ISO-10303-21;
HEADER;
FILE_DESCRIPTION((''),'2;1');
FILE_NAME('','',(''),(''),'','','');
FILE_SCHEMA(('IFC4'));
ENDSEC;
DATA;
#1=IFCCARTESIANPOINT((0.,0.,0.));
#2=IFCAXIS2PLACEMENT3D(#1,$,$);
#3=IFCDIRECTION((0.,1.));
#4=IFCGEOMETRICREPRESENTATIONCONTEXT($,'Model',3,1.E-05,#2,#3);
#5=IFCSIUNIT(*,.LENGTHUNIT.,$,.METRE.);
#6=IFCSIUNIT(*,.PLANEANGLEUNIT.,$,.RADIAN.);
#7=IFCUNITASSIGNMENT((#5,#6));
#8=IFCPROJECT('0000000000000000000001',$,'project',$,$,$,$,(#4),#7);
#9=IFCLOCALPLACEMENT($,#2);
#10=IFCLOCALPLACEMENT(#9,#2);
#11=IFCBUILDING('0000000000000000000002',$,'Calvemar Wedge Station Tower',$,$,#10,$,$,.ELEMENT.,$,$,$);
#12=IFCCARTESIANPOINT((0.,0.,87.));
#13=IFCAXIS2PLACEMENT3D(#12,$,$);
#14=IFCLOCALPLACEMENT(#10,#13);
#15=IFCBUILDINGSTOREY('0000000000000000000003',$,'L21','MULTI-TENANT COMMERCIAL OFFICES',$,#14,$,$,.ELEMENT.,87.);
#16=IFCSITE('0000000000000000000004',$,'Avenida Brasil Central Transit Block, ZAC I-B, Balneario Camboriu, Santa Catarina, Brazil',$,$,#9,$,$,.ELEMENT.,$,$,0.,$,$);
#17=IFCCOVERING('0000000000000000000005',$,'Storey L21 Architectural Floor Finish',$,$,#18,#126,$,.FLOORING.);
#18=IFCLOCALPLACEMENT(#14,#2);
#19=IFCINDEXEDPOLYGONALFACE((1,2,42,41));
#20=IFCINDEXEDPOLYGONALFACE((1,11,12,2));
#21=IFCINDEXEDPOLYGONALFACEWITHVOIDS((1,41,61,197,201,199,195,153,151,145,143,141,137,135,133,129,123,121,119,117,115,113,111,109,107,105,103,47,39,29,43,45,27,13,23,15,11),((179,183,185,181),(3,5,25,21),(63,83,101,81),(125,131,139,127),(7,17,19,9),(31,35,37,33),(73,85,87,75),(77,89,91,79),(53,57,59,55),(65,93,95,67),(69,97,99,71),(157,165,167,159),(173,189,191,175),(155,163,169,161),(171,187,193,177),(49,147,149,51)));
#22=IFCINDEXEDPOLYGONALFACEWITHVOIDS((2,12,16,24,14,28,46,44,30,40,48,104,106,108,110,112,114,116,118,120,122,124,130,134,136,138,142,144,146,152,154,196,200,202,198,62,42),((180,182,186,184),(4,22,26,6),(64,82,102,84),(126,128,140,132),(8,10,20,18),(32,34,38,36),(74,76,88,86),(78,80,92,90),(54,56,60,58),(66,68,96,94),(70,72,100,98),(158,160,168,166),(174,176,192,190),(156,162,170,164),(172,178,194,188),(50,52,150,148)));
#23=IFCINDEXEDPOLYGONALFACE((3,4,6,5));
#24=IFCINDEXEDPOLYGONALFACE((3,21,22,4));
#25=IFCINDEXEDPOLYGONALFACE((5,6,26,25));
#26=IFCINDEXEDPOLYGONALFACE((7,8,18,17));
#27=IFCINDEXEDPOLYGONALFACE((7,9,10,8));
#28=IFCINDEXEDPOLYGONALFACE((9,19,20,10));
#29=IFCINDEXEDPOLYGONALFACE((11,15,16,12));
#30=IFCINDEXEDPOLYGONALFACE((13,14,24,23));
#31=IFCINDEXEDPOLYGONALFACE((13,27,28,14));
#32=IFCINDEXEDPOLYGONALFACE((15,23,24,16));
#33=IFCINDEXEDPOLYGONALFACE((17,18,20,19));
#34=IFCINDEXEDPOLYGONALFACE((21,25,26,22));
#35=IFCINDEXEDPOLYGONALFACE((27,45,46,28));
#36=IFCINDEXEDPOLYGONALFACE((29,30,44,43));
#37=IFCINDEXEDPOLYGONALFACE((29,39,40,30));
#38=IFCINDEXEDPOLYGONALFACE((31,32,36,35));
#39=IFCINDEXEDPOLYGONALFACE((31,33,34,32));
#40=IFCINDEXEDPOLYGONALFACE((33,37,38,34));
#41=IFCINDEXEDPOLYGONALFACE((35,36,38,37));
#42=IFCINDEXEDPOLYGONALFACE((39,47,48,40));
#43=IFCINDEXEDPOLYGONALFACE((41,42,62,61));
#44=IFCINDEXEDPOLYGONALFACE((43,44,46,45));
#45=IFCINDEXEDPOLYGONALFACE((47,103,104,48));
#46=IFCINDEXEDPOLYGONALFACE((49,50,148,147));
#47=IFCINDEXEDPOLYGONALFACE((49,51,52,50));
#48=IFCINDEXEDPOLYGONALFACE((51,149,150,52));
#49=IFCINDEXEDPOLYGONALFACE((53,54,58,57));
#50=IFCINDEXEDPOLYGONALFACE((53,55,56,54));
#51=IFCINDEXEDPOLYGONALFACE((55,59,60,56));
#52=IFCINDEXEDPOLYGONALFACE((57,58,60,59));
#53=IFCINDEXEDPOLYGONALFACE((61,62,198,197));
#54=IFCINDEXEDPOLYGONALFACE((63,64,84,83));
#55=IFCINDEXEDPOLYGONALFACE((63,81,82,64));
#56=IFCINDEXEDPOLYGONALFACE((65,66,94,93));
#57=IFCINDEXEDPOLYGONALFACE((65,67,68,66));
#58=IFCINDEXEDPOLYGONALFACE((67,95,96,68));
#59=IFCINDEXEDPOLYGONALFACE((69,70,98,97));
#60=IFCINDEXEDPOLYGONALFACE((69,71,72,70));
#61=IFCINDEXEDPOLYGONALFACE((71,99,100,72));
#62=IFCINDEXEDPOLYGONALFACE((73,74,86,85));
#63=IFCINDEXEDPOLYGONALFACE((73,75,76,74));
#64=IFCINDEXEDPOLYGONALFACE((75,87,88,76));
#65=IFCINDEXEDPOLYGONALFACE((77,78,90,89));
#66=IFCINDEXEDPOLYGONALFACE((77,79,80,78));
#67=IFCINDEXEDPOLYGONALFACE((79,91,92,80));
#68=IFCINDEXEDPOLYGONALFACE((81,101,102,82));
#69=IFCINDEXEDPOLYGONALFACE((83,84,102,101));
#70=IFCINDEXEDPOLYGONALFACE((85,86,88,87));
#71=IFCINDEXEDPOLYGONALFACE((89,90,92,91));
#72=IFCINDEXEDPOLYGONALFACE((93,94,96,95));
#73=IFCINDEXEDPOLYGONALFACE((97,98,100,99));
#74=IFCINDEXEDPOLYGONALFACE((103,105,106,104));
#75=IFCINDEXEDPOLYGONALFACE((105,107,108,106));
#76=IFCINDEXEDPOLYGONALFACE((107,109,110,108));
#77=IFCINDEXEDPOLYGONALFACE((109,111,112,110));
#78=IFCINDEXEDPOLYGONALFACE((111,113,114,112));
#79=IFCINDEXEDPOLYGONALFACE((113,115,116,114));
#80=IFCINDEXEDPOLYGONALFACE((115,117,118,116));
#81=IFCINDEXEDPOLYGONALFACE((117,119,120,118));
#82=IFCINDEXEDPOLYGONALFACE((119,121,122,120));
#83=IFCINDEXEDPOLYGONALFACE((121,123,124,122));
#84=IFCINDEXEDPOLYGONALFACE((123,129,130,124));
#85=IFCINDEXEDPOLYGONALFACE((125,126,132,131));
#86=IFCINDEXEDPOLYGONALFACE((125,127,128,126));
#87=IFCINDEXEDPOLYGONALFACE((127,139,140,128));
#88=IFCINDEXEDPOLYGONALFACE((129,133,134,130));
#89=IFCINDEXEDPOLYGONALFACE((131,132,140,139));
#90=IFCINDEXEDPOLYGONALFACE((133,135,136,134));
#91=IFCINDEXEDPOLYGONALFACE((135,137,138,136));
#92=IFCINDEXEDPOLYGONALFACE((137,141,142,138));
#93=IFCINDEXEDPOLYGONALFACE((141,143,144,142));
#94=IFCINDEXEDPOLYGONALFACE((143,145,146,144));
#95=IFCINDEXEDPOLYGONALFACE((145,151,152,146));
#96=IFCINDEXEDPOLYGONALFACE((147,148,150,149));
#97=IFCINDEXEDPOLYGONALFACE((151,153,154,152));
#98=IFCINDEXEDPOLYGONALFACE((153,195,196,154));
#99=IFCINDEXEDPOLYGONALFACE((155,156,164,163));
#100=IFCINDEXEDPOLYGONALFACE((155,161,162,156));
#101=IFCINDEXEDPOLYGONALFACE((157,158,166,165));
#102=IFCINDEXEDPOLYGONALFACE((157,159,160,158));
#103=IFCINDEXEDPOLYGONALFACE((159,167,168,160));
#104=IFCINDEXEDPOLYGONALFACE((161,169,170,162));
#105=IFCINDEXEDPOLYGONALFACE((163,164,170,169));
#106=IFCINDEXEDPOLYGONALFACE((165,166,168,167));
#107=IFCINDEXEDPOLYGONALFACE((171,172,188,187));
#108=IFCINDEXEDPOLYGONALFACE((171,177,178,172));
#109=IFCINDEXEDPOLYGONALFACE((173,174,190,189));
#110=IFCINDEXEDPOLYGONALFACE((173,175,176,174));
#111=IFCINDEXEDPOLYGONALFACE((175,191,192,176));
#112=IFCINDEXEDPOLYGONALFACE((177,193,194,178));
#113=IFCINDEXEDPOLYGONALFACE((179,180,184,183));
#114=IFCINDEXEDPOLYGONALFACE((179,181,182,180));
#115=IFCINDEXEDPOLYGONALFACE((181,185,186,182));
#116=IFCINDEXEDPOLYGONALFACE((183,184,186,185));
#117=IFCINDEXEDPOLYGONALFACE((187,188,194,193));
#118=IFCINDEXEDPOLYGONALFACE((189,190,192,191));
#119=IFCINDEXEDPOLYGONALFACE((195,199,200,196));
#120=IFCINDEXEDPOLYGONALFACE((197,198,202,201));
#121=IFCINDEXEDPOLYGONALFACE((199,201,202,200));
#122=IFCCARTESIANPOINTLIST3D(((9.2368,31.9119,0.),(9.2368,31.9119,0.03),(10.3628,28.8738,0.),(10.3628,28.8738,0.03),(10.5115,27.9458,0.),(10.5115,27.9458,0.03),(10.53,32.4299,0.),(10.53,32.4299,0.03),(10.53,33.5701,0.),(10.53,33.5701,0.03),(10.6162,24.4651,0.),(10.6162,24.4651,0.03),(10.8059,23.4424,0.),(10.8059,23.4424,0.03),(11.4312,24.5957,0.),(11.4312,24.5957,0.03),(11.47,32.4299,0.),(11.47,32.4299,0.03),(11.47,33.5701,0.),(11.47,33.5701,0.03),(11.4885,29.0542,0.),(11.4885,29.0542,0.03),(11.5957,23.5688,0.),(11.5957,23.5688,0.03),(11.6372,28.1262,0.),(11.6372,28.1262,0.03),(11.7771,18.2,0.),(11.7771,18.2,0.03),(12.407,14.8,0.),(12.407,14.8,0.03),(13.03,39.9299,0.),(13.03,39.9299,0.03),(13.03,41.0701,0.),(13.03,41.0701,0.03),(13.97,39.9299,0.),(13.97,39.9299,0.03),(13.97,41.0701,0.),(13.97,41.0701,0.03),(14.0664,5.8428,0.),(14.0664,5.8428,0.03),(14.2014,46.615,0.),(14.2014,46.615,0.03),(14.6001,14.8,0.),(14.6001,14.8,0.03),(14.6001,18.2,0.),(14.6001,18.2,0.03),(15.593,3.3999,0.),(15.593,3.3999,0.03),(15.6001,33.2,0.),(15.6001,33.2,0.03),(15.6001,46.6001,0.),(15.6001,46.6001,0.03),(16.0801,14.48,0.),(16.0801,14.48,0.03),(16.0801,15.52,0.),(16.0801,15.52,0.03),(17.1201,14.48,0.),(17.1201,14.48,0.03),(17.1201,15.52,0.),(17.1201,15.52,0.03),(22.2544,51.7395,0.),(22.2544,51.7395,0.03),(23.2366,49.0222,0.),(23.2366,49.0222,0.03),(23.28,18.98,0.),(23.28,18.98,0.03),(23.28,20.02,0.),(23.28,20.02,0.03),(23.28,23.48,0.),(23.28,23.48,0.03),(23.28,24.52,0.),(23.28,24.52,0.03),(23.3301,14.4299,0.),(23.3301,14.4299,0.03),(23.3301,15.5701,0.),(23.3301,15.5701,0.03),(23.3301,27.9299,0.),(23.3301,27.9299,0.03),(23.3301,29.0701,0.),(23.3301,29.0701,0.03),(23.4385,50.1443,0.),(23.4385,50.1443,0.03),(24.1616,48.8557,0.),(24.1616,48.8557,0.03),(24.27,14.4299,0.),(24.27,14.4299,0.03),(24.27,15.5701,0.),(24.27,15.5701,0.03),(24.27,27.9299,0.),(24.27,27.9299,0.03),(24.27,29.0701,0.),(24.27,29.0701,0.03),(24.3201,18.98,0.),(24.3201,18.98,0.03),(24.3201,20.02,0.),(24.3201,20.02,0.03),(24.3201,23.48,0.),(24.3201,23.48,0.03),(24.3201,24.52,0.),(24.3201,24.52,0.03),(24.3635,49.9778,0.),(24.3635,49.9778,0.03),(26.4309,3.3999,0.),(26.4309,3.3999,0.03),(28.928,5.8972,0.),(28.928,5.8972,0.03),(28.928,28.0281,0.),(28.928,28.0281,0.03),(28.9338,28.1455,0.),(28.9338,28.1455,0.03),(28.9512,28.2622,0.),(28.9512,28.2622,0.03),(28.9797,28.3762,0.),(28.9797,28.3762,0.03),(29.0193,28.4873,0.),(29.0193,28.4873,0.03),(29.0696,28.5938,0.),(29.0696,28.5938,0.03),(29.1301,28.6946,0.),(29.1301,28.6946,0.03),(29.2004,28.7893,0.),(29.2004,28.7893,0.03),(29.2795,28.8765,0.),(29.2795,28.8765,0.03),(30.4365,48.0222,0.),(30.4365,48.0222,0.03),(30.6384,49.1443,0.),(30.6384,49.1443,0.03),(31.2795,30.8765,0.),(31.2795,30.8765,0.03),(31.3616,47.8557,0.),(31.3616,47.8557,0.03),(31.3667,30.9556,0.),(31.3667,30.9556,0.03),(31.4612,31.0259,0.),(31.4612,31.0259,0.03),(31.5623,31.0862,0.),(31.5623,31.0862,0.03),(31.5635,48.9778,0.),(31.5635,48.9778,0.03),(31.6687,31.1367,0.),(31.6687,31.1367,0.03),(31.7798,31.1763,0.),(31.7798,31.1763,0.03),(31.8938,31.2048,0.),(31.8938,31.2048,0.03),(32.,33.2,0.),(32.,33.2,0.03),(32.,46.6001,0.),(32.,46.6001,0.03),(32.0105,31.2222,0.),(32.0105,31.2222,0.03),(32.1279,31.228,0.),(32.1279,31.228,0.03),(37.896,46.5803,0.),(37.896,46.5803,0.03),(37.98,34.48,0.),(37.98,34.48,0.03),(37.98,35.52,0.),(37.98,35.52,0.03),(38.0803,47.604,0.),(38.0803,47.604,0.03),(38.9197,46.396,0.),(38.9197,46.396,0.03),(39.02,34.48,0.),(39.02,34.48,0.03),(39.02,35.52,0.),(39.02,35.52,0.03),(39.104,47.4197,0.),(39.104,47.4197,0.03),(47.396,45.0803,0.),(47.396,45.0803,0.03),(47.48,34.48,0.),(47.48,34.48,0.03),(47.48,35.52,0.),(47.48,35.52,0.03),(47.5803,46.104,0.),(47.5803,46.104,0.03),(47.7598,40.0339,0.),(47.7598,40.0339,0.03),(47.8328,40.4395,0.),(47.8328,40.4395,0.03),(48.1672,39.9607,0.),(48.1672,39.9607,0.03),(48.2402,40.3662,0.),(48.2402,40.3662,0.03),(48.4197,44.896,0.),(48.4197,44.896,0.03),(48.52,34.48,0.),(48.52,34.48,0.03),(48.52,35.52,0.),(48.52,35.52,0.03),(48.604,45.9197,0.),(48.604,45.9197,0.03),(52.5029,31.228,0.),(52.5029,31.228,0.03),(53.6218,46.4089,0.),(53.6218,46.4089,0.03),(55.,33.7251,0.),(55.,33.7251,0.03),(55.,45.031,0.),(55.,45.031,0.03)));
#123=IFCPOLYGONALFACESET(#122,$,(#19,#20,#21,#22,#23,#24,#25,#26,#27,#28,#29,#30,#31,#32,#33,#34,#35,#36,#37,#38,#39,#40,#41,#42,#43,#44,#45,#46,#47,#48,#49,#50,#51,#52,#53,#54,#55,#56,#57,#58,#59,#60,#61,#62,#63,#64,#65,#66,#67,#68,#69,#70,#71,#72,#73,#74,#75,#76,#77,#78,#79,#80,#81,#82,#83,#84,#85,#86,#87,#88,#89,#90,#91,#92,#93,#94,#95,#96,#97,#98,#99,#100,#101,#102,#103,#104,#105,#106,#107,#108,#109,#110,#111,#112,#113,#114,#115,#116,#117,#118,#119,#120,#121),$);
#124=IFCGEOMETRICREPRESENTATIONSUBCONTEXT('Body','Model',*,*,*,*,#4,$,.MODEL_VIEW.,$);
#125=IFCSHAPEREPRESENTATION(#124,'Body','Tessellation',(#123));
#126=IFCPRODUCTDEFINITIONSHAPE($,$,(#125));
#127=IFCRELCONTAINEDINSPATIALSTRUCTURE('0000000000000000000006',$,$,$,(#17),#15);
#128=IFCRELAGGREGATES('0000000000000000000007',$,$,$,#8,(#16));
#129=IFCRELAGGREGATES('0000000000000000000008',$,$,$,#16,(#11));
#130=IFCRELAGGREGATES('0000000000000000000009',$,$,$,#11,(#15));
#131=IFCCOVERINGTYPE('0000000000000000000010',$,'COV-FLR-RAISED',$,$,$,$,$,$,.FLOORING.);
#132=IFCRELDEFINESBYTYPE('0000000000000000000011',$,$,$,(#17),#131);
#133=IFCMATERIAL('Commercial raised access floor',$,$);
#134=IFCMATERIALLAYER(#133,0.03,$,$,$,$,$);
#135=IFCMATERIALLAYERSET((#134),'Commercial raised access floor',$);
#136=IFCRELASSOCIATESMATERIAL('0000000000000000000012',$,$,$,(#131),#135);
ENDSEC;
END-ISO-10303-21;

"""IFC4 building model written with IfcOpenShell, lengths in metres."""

from ifc_helpers import new_model, si_unit, direction, frame, origin, place, context, subcontext, project, spatial, polyline, outline, extrude, material, layer, layer_set, type_object, element, save


model = new_model("IFC4")

# Units and contexts
model_context = context("Model", 3, precision=1e-05, world=origin(), true_north=direction((0.0, 1.0)))
body_context = subcontext(model_context, "Body", "Model", "MODEL_VIEW")
ifc_project = project(units=[si_unit("LENGTHUNIT", "METRE"), si_unit("PLANEANGLEUNIT", "RADIAN")], contexts=[model_context])

# Site, building, storey
site_placement = place(None, origin())
site = spatial("IfcSite", under=ifc_project, at=site_placement, Name="Avenida Brasil Central Transit Block, ZAC I-B, Balneario Camboriu, Santa Catarina, Brazil", CompositionType="ELEMENT", RefElevation=0.0)
building_placement = place(site_placement, origin())
building = spatial("IfcBuilding", under=site, at=building_placement, Name="Calvemar Wedge Station Tower", CompositionType="ELEMENT")
storey_placement = place(building_placement, frame((0.0, 0.0, 87.0)))
storey = spatial("IfcBuildingStorey", under=building, at=storey_placement, Name="L21", Description="MULTI-TENANT COMMERCIAL OFFICES", CompositionType="ELEMENT", Elevation=87.0)

# Covering
ifc_material_1 = material(Name="Commercial raised access floor")
ifc_layer_1 = layer(ifc_material_1, 0.03)
ifc_layer_set_1 = layer_set([ifc_layer_1], Name="Commercial raised access floor")
covering_type_1 = type_object("IfcCoveringType", Name="COV-FLR-RAISED", PredefinedType="FLOORING", material=ifc_layer_set_1)
covering_1_placement = place(storey_placement, origin())
element("IfcCovering", 1, at=covering_1_placement, inside=storey, type_object=covering_type_1, Name="Storey L21 Architectural Floor Finish", PredefinedType="FLOORING", context=body_context, shape_type="SweptSolid", body=[
    extrude(outline(polyline([(29.2795, 28.8765), (31.2795, 30.8765), (31.3667, 30.9556), (31.4612, 31.0259), (31.5623, 31.0862), (31.6687, 31.1367), (31.7798, 31.1763), (31.8938, 31.2048), (32.0105, 31.2222), (32.1279, 31.228), (52.5029, 31.228), (55.0, 33.7251), (55.0, 45.031), (53.6218, 46.4089), (22.2544, 51.7395), (14.2014, 46.615), (9.2368, 31.9119), (10.6162, 24.4651), (11.4312, 24.5957), (11.5957, 23.5688), (10.8059, 23.4424), (11.7771, 18.2), (14.6001, 18.2), (14.6001, 14.8), (12.407, 14.8), (14.0664, 5.8428), (15.593, 3.3999), (26.4309, 3.3999), (28.928, 5.8972), (28.928, 28.0281), (28.9338, 28.1455), (28.9512, 28.2622), (28.9797, 28.3762), (29.0193, 28.4873), (29.0696, 28.5938), (29.1301, 28.6946), (29.2004, 28.7893), (29.2795, 28.8765)]), holes=[polyline([(15.6001, 46.6001), (32.0, 46.6001), (32.0, 33.2), (15.6001, 33.2), (15.6001, 46.6001)]), polyline([(10.53, 32.4299), (10.53, 33.5701), (11.47, 33.5701), (11.47, 32.4299), (10.53, 32.4299)]), polyline([(13.03, 41.0701), (13.97, 41.0701), (13.97, 39.9299), (13.03, 39.9299), (13.03, 41.0701)]), polyline([(24.3635, 49.9778), (24.1616, 48.8557), (23.2366, 49.0222), (23.4385, 50.1443), (24.3635, 49.9778)]), polyline([(31.3616, 47.8557), (30.4365, 48.0222), (30.6384, 49.1443), (31.5635, 48.9778), (31.3616, 47.8557)]), polyline([(37.896, 46.5803), (38.0803, 47.604), (39.104, 47.4197), (38.9197, 46.396), (37.896, 46.5803)]), polyline([(47.5803, 46.104), (48.604, 45.9197), (48.4197, 44.896), (47.396, 45.0803), (47.5803, 46.104)]), polyline([(39.02, 35.52), (39.02, 34.48), (37.98, 34.48), (37.98, 35.52), (39.02, 35.52)]), polyline([(48.52, 34.48), (47.48, 34.48), (47.48, 35.52), (48.52, 35.52), (48.52, 34.48)]), polyline([(47.7598, 40.0339), (47.8328, 40.4395), (48.2402, 40.3662), (48.1672, 39.9607), (47.7598, 40.0339)]), polyline([(11.4885, 29.0542), (11.6372, 28.1262), (10.5115, 27.9458), (10.3628, 28.8738), (11.4885, 29.0542)]), polyline([(24.27, 27.9299), (23.3301, 27.9299), (23.3301, 29.0701), (24.27, 29.0701), (24.27, 27.9299)]), polyline([(23.28, 23.48), (23.28, 24.52), (24.3201, 24.52), (24.3201, 23.48), (23.28, 23.48)]), polyline([(23.28, 20.02), (24.3201, 20.02), (24.3201, 18.98), (23.28, 18.98), (23.28, 20.02)]), polyline([(24.27, 15.5701), (24.27, 14.4299), (23.3301, 14.4299), (23.3301, 15.5701), (24.27, 15.5701)]), polyline([(17.1201, 14.48), (16.0801, 14.48), (16.0801, 15.52), (17.1201, 15.52), (17.1201, 14.48)])]), origin(), (0.0, 0.0, 1.0), 0.03),
])

save(model, "model.ifc")
